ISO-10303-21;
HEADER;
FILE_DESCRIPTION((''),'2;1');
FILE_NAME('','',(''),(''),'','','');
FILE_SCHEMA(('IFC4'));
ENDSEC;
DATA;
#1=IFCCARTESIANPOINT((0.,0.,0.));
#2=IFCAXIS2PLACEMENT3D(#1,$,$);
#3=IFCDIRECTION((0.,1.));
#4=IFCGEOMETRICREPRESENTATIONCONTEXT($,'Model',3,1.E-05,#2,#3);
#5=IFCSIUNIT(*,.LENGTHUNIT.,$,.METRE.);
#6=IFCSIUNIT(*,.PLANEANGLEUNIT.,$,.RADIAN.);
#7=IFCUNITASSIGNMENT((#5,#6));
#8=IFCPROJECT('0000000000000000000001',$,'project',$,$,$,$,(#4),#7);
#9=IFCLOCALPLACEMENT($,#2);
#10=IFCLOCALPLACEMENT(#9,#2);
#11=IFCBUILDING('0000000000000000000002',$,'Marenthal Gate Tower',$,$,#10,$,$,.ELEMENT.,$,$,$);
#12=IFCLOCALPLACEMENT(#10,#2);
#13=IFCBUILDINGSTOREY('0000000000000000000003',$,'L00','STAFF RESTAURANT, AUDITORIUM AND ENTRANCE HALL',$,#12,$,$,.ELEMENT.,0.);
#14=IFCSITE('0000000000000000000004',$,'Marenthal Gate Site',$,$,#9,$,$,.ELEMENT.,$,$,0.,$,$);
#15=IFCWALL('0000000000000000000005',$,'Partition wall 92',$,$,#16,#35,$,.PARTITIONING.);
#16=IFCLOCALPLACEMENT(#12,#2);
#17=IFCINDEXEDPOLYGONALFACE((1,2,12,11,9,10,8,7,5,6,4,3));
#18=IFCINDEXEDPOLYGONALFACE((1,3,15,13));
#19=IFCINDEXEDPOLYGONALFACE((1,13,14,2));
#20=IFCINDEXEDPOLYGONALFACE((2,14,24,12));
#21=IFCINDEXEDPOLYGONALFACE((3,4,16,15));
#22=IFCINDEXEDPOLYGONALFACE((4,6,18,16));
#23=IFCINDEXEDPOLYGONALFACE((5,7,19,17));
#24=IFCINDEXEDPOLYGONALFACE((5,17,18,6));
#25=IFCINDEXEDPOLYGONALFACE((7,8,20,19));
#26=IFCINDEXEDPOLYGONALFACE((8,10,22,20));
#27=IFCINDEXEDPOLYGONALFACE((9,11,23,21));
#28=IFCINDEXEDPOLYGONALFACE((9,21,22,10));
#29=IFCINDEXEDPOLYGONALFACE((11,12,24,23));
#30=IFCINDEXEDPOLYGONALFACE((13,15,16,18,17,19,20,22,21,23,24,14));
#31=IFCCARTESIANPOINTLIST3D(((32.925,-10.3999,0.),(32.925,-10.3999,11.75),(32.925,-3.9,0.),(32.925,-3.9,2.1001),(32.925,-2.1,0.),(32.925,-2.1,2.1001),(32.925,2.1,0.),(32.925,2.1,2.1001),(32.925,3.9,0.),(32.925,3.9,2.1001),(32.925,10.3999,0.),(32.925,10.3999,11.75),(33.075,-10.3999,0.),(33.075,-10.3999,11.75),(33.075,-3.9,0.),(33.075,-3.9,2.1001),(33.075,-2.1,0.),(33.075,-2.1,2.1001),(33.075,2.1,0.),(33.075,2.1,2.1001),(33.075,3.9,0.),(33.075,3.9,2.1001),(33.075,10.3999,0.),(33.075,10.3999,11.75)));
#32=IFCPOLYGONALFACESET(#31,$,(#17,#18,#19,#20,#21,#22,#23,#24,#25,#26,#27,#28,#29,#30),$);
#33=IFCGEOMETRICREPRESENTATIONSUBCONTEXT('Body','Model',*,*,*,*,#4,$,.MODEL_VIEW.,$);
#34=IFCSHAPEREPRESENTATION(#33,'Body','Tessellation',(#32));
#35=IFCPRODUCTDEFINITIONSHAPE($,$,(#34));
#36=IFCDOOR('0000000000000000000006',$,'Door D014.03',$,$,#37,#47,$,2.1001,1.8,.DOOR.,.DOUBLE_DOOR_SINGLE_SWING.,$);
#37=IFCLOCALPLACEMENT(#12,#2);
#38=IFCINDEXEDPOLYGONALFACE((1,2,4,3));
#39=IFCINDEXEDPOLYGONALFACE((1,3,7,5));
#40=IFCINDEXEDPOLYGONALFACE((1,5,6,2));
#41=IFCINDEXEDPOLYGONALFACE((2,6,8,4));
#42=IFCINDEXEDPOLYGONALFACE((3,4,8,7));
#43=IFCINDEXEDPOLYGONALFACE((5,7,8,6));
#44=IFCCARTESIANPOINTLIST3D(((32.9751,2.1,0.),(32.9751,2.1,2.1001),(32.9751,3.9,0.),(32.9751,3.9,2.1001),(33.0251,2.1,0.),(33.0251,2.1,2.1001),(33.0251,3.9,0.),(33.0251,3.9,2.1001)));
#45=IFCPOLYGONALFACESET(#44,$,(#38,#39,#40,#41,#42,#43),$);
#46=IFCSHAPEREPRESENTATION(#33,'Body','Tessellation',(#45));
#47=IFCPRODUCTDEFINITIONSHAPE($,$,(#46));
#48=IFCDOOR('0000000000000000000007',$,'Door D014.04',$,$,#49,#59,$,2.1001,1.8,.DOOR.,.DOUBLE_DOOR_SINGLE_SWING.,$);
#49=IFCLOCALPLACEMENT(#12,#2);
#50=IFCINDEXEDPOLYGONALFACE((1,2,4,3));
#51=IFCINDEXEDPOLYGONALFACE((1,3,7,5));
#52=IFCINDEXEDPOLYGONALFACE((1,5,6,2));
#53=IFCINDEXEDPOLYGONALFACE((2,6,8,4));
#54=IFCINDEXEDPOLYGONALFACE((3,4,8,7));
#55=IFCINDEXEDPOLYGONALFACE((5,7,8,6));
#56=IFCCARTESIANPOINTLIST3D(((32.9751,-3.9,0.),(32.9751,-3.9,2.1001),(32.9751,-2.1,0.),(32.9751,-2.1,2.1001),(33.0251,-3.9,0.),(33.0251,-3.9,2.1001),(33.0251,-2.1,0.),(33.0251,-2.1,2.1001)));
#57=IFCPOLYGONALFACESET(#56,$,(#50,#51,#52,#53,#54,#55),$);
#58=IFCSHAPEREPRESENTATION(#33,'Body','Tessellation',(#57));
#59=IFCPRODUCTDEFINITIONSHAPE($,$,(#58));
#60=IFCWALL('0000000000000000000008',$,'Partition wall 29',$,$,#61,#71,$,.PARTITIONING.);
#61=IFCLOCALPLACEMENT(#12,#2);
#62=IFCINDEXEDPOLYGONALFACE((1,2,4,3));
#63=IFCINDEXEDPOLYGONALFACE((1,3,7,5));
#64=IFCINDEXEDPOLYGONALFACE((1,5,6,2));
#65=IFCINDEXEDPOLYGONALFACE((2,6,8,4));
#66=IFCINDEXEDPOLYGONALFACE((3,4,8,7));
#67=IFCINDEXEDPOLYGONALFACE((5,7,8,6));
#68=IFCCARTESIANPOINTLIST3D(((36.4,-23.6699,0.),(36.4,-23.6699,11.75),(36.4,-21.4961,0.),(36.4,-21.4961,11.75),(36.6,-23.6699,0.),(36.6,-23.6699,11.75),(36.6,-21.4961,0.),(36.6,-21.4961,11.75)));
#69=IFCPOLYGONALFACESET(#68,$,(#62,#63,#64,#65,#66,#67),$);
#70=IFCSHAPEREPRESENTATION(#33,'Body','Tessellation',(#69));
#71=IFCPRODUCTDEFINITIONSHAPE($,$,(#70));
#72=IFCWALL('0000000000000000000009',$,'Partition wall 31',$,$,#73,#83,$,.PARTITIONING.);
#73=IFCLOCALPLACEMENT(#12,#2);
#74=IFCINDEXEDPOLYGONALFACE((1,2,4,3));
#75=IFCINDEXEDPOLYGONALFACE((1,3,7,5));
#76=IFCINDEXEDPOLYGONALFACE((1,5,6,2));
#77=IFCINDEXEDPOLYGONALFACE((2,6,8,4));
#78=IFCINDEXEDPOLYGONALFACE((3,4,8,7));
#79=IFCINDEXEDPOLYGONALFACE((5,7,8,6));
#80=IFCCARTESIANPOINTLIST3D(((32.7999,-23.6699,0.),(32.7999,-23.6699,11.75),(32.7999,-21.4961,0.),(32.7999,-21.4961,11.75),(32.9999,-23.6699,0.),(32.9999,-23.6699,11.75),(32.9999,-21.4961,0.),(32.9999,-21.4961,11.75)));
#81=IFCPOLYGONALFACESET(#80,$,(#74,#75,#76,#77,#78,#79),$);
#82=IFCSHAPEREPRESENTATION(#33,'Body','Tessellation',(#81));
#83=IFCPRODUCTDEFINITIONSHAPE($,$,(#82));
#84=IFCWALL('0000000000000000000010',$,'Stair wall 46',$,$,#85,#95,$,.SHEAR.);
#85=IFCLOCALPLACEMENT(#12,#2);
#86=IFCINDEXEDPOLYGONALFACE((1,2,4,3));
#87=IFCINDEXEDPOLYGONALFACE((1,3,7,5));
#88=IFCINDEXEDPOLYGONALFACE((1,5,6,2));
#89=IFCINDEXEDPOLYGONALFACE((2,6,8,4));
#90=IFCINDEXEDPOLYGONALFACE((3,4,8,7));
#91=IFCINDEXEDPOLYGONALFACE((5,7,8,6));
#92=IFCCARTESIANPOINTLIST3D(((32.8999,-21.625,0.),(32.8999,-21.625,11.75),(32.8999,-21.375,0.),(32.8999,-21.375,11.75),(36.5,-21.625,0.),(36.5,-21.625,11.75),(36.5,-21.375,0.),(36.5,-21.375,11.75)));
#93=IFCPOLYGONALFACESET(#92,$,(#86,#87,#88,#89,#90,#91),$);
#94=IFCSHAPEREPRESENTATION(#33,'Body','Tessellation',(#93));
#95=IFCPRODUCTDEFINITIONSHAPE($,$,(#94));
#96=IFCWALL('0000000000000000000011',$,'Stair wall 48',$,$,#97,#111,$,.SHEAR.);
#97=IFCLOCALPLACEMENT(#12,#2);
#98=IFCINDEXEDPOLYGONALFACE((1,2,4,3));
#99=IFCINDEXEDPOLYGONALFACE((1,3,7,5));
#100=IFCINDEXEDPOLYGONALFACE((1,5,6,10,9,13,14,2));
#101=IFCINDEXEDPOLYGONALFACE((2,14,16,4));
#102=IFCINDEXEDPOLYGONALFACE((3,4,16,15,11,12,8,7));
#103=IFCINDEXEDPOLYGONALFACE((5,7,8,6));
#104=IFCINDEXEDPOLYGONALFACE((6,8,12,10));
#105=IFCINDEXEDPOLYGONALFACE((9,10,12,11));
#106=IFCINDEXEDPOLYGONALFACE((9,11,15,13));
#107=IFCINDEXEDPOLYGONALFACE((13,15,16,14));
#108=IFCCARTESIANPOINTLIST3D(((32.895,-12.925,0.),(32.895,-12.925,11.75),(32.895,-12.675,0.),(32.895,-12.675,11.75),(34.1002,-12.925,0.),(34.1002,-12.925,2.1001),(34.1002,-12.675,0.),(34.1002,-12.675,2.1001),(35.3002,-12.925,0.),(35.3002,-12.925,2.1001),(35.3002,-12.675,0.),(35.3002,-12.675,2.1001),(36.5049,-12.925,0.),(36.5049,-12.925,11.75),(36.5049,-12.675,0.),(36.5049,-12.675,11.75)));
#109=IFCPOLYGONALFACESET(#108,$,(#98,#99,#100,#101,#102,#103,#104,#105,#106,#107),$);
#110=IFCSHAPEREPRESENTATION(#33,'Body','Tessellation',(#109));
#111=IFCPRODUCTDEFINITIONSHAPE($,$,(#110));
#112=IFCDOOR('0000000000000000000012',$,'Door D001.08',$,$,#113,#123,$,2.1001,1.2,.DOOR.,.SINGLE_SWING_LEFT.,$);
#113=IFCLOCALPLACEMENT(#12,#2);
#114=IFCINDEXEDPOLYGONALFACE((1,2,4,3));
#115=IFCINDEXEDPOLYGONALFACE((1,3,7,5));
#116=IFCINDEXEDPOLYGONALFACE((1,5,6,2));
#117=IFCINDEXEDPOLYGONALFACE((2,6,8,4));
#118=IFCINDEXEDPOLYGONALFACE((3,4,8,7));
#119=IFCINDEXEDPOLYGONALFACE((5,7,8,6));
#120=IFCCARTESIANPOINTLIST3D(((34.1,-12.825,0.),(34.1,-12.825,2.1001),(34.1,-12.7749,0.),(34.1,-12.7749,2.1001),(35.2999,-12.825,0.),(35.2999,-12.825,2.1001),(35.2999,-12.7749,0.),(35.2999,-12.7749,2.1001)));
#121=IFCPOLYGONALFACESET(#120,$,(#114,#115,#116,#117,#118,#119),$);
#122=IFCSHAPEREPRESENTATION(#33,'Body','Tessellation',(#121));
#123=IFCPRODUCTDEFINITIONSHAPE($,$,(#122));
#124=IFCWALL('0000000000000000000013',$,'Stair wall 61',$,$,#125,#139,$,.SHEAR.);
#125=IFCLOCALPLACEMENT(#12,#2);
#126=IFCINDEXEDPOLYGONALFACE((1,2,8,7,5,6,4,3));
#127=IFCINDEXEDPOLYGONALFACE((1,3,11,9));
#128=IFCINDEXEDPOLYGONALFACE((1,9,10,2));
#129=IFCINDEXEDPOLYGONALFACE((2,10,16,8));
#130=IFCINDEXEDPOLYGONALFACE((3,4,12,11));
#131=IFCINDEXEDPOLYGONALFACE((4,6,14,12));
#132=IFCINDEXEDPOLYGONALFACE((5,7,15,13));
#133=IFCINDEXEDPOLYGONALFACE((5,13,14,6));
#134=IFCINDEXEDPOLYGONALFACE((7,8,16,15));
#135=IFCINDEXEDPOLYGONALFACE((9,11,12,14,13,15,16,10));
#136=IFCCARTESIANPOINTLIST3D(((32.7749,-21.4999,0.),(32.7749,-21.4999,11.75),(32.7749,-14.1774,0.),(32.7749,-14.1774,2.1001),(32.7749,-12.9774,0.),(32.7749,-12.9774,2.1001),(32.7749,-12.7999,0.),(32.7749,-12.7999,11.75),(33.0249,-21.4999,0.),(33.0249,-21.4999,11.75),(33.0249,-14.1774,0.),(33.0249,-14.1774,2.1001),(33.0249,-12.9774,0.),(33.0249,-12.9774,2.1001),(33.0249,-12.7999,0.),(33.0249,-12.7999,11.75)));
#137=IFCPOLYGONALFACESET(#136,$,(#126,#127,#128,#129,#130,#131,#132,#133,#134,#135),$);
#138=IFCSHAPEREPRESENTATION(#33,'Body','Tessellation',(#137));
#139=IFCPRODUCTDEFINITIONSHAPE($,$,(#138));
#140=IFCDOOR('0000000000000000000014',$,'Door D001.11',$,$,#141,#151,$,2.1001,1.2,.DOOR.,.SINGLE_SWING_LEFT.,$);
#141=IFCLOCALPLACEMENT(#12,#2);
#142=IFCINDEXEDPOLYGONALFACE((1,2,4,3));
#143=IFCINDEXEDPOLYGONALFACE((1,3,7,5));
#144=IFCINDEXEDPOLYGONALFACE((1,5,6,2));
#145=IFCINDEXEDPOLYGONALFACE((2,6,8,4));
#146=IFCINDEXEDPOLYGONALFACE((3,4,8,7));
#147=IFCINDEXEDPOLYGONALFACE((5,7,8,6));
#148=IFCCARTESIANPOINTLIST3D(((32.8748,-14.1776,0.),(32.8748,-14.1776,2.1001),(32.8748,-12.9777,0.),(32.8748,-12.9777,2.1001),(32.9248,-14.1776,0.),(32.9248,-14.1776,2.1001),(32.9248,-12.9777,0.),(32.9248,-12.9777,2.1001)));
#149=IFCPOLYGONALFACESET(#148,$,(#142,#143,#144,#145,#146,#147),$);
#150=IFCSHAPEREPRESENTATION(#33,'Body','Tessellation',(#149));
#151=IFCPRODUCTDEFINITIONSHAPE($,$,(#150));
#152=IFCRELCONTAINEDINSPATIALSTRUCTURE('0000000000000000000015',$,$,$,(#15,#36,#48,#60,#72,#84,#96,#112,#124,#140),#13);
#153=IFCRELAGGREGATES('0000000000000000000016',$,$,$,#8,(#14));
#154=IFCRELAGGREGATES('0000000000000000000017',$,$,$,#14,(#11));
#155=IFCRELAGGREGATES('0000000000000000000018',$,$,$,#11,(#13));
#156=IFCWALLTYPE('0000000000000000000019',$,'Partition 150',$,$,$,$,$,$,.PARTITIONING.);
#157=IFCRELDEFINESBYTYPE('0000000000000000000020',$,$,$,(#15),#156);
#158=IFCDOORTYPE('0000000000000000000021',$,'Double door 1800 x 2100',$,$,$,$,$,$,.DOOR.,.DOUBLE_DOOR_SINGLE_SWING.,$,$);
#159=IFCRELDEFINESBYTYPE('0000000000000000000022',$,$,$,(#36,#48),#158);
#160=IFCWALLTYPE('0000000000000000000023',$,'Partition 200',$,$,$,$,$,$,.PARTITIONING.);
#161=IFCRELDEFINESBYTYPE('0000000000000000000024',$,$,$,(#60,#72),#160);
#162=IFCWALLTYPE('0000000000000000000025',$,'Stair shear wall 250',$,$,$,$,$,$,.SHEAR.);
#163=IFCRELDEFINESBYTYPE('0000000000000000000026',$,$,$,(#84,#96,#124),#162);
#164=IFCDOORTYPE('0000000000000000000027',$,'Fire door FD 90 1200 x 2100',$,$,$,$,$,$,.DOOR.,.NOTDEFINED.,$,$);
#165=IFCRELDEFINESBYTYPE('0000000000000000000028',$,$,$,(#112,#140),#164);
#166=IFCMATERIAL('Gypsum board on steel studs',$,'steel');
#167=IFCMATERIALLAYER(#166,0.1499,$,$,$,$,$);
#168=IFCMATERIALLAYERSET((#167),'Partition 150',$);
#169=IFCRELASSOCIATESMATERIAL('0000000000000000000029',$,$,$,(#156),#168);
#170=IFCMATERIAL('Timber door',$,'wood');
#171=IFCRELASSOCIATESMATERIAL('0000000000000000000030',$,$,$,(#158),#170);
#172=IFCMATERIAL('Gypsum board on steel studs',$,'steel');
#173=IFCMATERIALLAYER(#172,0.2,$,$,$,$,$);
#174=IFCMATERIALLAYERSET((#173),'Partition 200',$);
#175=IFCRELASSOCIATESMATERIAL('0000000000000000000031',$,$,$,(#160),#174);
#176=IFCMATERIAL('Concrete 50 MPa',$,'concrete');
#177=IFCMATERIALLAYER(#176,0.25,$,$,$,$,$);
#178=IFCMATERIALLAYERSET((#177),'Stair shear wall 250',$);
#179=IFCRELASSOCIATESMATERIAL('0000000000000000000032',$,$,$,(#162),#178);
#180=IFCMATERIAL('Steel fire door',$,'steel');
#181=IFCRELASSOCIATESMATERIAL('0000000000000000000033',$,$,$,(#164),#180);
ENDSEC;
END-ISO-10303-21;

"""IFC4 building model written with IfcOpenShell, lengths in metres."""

from ifc_helpers import new_model, si_unit, direction, frame, frame_2d, origin, place, context, subcontext, project, spatial, rectangle, extrude, material, layer, layer_set, type_object, element, fill, save


model = new_model("IFC4")

# Units and contexts
model_context = context("Model", 3, precision=1e-05, world=origin(), true_north=direction((0.0, 1.0)))
body_context = subcontext(model_context, "Body", "Model", "MODEL_VIEW")
ifc_project = project(units=[si_unit("LENGTHUNIT", "METRE"), si_unit("PLANEANGLEUNIT", "RADIAN")], contexts=[model_context])

# Site, building, storey
site_placement = place(None, origin())
site = spatial("IfcSite", under=ifc_project, at=site_placement, Name="Marenthal Gate Site", CompositionType="ELEMENT", RefElevation=0.0)
building_placement = place(site_placement, origin())
building = spatial("IfcBuilding", under=site, at=building_placement, Name="Marenthal Gate Tower", CompositionType="ELEMENT")
storey_placement = place(building_placement, origin())
storey = spatial("IfcBuildingStorey", under=building, at=storey_placement, Name="L00", Description="STAFF RESTAURANT, AUDITORIUM AND ENTRANCE HALL", CompositionType="ELEMENT", Elevation=0.0)

# Shared definitions
ifc_material_1 = material(Name="Gypsum board on steel studs", Category="steel")
ifc_layer_1 = layer(ifc_material_1, 0.1499)
ifc_layer_set_1 = layer_set([ifc_layer_1], Name="Partition 150")
wall_type_1 = type_object("IfcWallType", Name="Partition 150", PredefinedType="PARTITIONING", material=ifc_layer_set_1)

# Shared definitions
ifc_material_2 = material(Name="Timber door", Category="wood")
door_type_1 = type_object("IfcDoorType", Name="Double door 1800 x 2100", OperationType="DOUBLE_DOOR_SINGLE_SWING", PredefinedType="DOOR", material=ifc_material_2)

# Wall, openings, doors
wall_1_placement = place(storey_placement, frame((33.0, -10.3999, 0.0), z_axis=(0.0, 0.0, 1.0), x_axis=(0.0, 1.0, 0.0)))
wall_1 = element("IfcWall", 1, at=wall_1_placement, inside=storey, type_object=wall_type_1, Name="Partition wall 92", PredefinedType="PARTITIONING", context=body_context, shape_type="SweptSolid", body=[
    extrude(rectangle(XDim=20.7998, YDim=0.1499, at=frame_2d((10.3999, 0.0))), origin(), (0.0, 0.0, 1.0), 11.75),
])
opening_1_placement = place(wall_1_placement, frame((12.5, 0.0, 0.0)))
opening_1 = element("IfcOpeningElement", 2, at=opening_1_placement, cuts=wall_1, PredefinedType="OPENING", context=body_context, shape_type="SweptSolid", body=[
    extrude(rectangle(XDim=1.8, YDim=2.1001, at=frame_2d((0.8999, 1.05))), frame((0.0, 0.085, 0.0), z_axis=(0.0, -1.0, 0.0), x_axis=(1.0, 0.0, 0.0)), (0.0, 0.0, 1.0), 0.1699),
])
opening_2_placement = place(wall_1_placement, frame((6.5, 0.0, 0.0)))
opening_2 = element("IfcOpeningElement", 3, at=opening_2_placement, cuts=wall_1, PredefinedType="OPENING", context=body_context, shape_type="SweptSolid", body=[
    extrude(rectangle(XDim=1.8, YDim=2.1001, at=frame_2d((0.8999, 1.05))), frame((0.0, 0.085, 0.0), z_axis=(0.0, -1.0, 0.0), x_axis=(1.0, 0.0, 0.0)), (0.0, 0.0, 1.0), 0.1699),
])
door_1_placement = place(opening_1_placement, origin())
door_1 = element("IfcDoor", 4, at=door_1_placement, inside=storey, type_object=door_type_1, Name="Door D014.03", OperationType="DOUBLE_DOOR_SINGLE_SWING", OverallHeight=2.1001, OverallWidth=1.8, PredefinedType="DOOR", context=body_context, shape_type="SweptSolid", body=[
    extrude(rectangle(XDim=1.8, YDim=2.1001, at=frame_2d((0.8999, 1.05))), frame((0.0, 0.0249, 0.0), z_axis=(0.0, -1.0, 0.0), x_axis=(1.0, 0.0, 0.0)), (0.0, 0.0, 1.0), 0.05),
])
fill(opening_1, door_1)
door_2_placement = place(opening_2_placement, origin())
door_2 = element("IfcDoor", 5, at=door_2_placement, inside=storey, type_object=door_type_1, Name="Door D014.04", OperationType="DOUBLE_DOOR_SINGLE_SWING", OverallHeight=2.1001, OverallWidth=1.8, PredefinedType="DOOR", context=body_context, shape_type="SweptSolid", body=[
    extrude(rectangle(XDim=1.8, YDim=2.1001, at=frame_2d((0.8999, 1.05))), frame((0.0, 0.0249, 0.0), z_axis=(0.0, -1.0, 0.0), x_axis=(1.0, 0.0, 0.0)), (0.0, 0.0, 1.0), 0.05),
])
fill(opening_2, door_2)

# Walls
ifc_material_3 = material(Name="Gypsum board on steel studs", Category="steel")
ifc_layer_2 = layer(ifc_material_3, 0.2)
ifc_layer_set_2 = layer_set([ifc_layer_2], Name="Partition 200")
wall_type_2 = type_object("IfcWallType", Name="Partition 200", PredefinedType="PARTITIONING", material=ifc_layer_set_2)
for number, where, z_axis, x_axis, name in (
    (6, (36.5, -23.6699, 0.0), (0.0, 0.0, 1.0), (0.0, 1.0, 0.0), "Partition wall 29"),
    (7, (32.8999, -23.6699, 0.0), (0.0, 0.0, 1.0), (0.0, 1.0, 0.0), "Partition wall 31"),
):
    element("IfcWall", number, at=place(storey_placement, frame(where, z_axis=z_axis, x_axis=x_axis)), inside=storey, type_object=wall_type_2, Name=name, PredefinedType="PARTITIONING", context=body_context, shape_type="SweptSolid", body=[
        extrude(rectangle(XDim=2.1738, YDim=0.2, at=frame_2d((1.0869, 0.0))), origin(), (0.0, 0.0, 1.0), 11.75),
    ])
ifc_material_4 = material(Name="Concrete 50 MPa", Category="concrete")
ifc_layer_3 = layer(ifc_material_4, 0.25)
ifc_layer_set_3 = layer_set([ifc_layer_3], Name="Stair shear wall 250")
wall_type_3 = type_object("IfcWallType", Name="Stair shear wall 250", PredefinedType="SHEAR", material=ifc_layer_set_3)
wall_2_placement = place(storey_placement, frame((32.8999, -21.5, 0.0), z_axis=(0.0, 0.0, 1.0), x_axis=(1.0, 0.0, 0.0)))
element("IfcWall", 8, at=wall_2_placement, inside=storey, type_object=wall_type_3, Name="Stair wall 46", PredefinedType="SHEAR", context=body_context, shape_type="SweptSolid", body=[
    extrude(rectangle(XDim=3.6001, YDim=0.25, at=frame_2d((1.8, 0.0))), origin(), (0.0, 0.0, 1.0), 11.75),
])

# Walls, openings, doors
wall_3_placement = place(storey_placement, frame((32.895, -12.8, 0.0), z_axis=(0.0, 0.0, 1.0), x_axis=(1.0, 0.0, 0.0)))
wall_3 = element("IfcWall", 9, at=wall_3_placement, inside=storey, type_object=wall_type_3, Name="Stair wall 48", PredefinedType="SHEAR", context=body_context, shape_type="SweptSolid", body=[
    extrude(rectangle(XDim=3.6099, YDim=0.25, at=frame_2d((1.8049, 0.0))), origin(), (0.0, 0.0, 1.0), 11.75),
])
opening_3_placement = place(wall_3_placement, frame((1.2051, 0.0, 0.0)))
opening_3 = element("IfcOpeningElement", 10, at=opening_3_placement, cuts=wall_3, PredefinedType="OPENING", context=body_context, shape_type="SweptSolid", body=[
    extrude(rectangle(XDim=1.2, YDim=2.1001, at=frame_2d((0.6001, 1.05))), frame((0.0, 0.135, 0.0), z_axis=(0.0, -1.0, 0.0), x_axis=(1.0, 0.0, 0.0)), (0.0, 0.0, 1.0), 0.27),
])
ifc_material_5 = material(Name="Steel fire door", Category="steel")
door_type_2 = type_object("IfcDoorType", Name="Fire door FD 90 1200 x 2100", OperationType="NOTDEFINED", PredefinedType="DOOR", material=ifc_material_5)
door_3_placement = place(opening_3_placement, frame((1.2, 0.0, 0.0), z_axis=(0.0, 0.0, 1.0), x_axis=(-1.0, 0.0, 0.0)))
door_3 = element("IfcDoor", 11, at=door_3_placement, inside=storey, type_object=door_type_2, Name="Door D001.08", OperationType="SINGLE_SWING_LEFT", OverallHeight=2.1001, OverallWidth=1.2, PredefinedType="DOOR", context=body_context, shape_type="SweptSolid", body=[
    extrude(rectangle(XDim=1.2, YDim=2.1001, at=frame_2d((0.6001, 1.05))), frame((0.0, 0.0249, 0.0), z_axis=(0.0, -1.0, 0.0), x_axis=(1.0, 0.0, 0.0)), (0.0, 0.0, 1.0), 0.05),
])
fill(opening_3, door_3)
wall_4_placement = place(storey_placement, frame((32.8999, -21.5, 0.0), z_axis=(0.0, 0.0, 1.0), x_axis=(0.0, 1.0, 0.0)))
wall_4 = element("IfcWall", 12, at=wall_4_placement, inside=storey, type_object=wall_type_3, Name="Stair wall 61", PredefinedType="SHEAR", context=body_context, shape_type="SweptSolid", body=[
    extrude(rectangle(XDim=8.7, YDim=0.25, at=frame_2d((4.3501, 0.0))), origin(), (0.0, 0.0, 1.0), 11.75),
])
opening_4_placement = place(wall_4_placement, frame((7.3225, 0.0, 0.0)))
opening_4 = element("IfcOpeningElement", 13, at=opening_4_placement, cuts=wall_4, PredefinedType="OPENING", context=body_context, shape_type="SweptSolid", body=[
    extrude(rectangle(XDim=1.2, YDim=2.1001, at=frame_2d((0.6001, 1.05))), frame((0.0, 0.135, 0.0), z_axis=(0.0, -1.0, 0.0), x_axis=(1.0, 0.0, 0.0)), (0.0, 0.0, 1.0), 0.27),
])
door_4_placement = place(opening_4_placement, frame((1.2, 0.0, 0.0), z_axis=(0.0, 0.0, 1.0), x_axis=(-1.0, 0.0, 0.0)))
door_4 = element("IfcDoor", 14, at=door_4_placement, inside=storey, type_object=door_type_2, Name="Door D001.11", OperationType="SINGLE_SWING_LEFT", OverallHeight=2.1001, OverallWidth=1.2, PredefinedType="DOOR", context=body_context, shape_type="SweptSolid", body=[
    extrude(rectangle(XDim=1.2, YDim=2.1001, at=frame_2d((0.6001, 1.05))), frame((0.0, 0.0249, 0.0), z_axis=(0.0, -1.0, 0.0), x_axis=(1.0, 0.0, 0.0)), (0.0, 0.0, 1.0), 0.05),
])
fill(opening_4, door_4)

save(model, "model.ifc")
